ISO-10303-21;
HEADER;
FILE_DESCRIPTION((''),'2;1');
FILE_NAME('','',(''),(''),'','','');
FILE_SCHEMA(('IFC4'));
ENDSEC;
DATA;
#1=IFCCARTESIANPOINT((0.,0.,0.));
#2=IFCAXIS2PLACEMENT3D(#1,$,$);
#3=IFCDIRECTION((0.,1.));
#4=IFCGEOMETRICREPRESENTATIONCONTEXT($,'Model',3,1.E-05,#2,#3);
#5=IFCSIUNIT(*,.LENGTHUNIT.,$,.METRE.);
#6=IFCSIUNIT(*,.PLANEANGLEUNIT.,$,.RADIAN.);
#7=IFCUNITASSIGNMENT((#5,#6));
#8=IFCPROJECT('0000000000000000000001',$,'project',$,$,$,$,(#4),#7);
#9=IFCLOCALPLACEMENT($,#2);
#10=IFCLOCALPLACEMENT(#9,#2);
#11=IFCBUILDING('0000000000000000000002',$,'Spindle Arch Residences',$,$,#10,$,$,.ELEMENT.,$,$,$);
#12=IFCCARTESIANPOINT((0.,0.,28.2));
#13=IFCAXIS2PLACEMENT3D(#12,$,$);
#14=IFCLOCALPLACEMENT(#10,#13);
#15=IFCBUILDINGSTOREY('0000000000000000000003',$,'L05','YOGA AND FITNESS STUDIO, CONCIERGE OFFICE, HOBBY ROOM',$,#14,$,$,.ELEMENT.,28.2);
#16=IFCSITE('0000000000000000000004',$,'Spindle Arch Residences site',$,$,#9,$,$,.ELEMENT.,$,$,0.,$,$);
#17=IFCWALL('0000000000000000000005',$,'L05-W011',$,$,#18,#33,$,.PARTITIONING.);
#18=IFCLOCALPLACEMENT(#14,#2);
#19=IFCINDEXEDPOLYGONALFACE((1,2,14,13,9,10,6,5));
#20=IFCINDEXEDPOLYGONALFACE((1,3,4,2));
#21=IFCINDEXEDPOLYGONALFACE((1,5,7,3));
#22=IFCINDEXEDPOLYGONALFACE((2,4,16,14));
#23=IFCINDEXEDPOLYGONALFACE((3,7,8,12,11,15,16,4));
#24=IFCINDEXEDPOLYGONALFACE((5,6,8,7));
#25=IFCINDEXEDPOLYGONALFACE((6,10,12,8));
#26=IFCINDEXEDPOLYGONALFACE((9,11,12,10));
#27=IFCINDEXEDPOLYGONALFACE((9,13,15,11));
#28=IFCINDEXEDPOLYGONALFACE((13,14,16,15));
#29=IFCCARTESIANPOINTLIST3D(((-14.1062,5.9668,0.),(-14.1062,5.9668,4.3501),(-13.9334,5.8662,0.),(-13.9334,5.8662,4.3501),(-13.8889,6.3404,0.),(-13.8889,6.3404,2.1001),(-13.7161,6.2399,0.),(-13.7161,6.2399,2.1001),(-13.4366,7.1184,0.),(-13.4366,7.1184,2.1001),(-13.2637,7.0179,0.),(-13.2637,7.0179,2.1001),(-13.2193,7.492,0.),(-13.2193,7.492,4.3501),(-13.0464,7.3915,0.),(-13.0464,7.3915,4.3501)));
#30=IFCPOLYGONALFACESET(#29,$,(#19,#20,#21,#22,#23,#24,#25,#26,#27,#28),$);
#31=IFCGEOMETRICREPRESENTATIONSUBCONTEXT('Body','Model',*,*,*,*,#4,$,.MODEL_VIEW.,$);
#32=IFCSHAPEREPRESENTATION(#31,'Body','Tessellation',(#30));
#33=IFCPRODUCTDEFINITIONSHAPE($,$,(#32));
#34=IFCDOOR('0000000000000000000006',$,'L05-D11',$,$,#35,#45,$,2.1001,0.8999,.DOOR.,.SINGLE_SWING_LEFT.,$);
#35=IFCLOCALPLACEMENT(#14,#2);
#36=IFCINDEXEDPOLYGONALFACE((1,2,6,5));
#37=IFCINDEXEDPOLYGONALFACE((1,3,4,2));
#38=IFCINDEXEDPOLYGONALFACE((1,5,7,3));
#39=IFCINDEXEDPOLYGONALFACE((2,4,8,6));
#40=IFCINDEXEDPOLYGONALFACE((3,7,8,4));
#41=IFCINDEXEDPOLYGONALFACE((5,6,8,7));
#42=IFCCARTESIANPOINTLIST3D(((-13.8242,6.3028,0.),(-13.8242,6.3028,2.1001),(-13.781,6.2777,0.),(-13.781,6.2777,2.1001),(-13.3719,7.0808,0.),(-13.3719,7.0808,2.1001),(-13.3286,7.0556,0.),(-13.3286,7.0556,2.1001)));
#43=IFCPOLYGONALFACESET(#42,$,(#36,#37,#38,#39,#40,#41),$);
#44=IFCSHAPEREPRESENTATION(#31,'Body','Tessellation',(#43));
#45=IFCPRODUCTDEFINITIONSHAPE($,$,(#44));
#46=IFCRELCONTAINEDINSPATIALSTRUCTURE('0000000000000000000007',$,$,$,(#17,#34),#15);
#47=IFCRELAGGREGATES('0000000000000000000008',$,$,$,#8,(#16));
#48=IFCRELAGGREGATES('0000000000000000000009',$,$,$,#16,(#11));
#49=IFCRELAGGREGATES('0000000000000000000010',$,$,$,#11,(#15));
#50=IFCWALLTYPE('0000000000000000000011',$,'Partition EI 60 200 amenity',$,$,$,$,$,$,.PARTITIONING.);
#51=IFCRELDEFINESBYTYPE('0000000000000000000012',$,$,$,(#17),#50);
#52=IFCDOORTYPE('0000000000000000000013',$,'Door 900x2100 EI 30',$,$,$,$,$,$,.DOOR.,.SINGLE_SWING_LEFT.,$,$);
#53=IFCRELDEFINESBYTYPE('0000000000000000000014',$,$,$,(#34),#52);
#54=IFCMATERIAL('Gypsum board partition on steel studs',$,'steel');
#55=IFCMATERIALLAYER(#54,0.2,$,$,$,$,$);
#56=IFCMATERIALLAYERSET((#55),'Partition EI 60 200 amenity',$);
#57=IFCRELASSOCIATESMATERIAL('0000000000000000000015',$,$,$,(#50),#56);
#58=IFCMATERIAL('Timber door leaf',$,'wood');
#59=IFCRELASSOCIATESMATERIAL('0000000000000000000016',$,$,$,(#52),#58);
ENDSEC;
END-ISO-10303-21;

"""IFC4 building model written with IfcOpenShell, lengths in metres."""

from ifc_helpers import new_model, si_unit, direction, frame, frame_2d, origin, place, context, subcontext, project, spatial, rectangle, extrude, material, layer, layer_set, type_object, element, fill, save


model = new_model("IFC4")

# Units and contexts
model_context = context("Model", 3, precision=1e-05, world=origin(), true_north=direction((0.0, 1.0)))
body_context = subcontext(model_context, "Body", "Model", "MODEL_VIEW")
ifc_project = project(units=[si_unit("LENGTHUNIT", "METRE"), si_unit("PLANEANGLEUNIT", "RADIAN")], contexts=[model_context])

# Site, building, storey
site_placement = place(None, origin())
site = spatial("IfcSite", under=ifc_project, at=site_placement, Name="Spindle Arch Residences site", CompositionType="ELEMENT", RefElevation=0.0)
building_placement = place(site_placement, origin())
building = spatial("IfcBuilding", under=site, at=building_placement, Name="Spindle Arch Residences", CompositionType="ELEMENT")
storey_placement = place(building_placement, frame((0.0, 0.0, 28.2)))
storey = spatial("IfcBuildingStorey", under=building, at=storey_placement, Name="L05", Description="YOGA AND FITNESS STUDIO, CONCIERGE OFFICE, HOBBY ROOM", CompositionType="ELEMENT", Elevation=28.2)

# Shared definitions
ifc_material_1 = material(Name="Gypsum board partition on steel studs", Category="steel")
ifc_layer_1 = layer(ifc_material_1, 0.2)
ifc_layer_set_1 = layer_set([ifc_layer_1], Name="Partition EI 60 200 amenity")
wall_type_1 = type_object("IfcWallType", Name="Partition EI 60 200 amenity", PredefinedType="PARTITIONING", material=ifc_layer_set_1)

# Shared definitions
ifc_material_2 = material(Name="Timber door leaf", Category="wood")
door_type_1 = type_object("IfcDoorType", Name="Door 900x2100 EI 30", OperationType="SINGLE_SWING_LEFT", PredefinedType="DOOR", material=ifc_material_2)

# Wall, opening, door
wall_1_placement = place(storey_placement, frame((-13.1328, 7.4419, 0.0), z_axis=(0.0, 0.0, 1.0), x_axis=(-0.502666, -0.864481, 0.0)))
wall_1 = element("IfcWall", 1, at=wall_1_placement, inside=storey, type_object=wall_type_1, Name="L05-W011", PredefinedType="PARTITIONING", context=body_context, shape_type="SweptSolid", body=[
    extrude(rectangle(XDim=1.7644, YDim=0.2, at=frame_2d((0.8823, 0.0))), origin(), (0.0, 0.0, 1.0), 4.3501),
])
opening_1_placement = place(wall_1_placement, frame((0.4324, 0.0, 0.0)))
opening_1 = element("IfcOpeningElement", 2, at=opening_1_placement, cuts=wall_1, PredefinedType="OPENING", context=body_context, shape_type="SweptSolid", body=[
    extrude(rectangle(XDim=0.8999, YDim=2.1001, at=frame_2d((0.45, 1.05))), frame((0.0, 0.1099, 0.0), z_axis=(0.0, -1.0, 0.0), x_axis=(1.0, 0.0, 0.0)), (0.0, 0.0, 1.0), 0.22),
])
door_1_placement = place(opening_1_placement, origin())
door_1 = element("IfcDoor", 3, at=door_1_placement, inside=storey, type_object=door_type_1, Name="L05-D11", OperationType="SINGLE_SWING_LEFT", OverallHeight=2.1001, OverallWidth=0.8999, PredefinedType="DOOR", context=body_context, shape_type="SweptSolid", body=[
    extrude(rectangle(XDim=0.8999, YDim=2.1001, at=frame_2d((0.45, 1.05))), frame((0.0, 0.0249, 0.0), z_axis=(0.0, -1.0, 0.0), x_axis=(1.0, 0.0, 0.0)), (0.0, 0.0, 1.0), 0.05),
])
fill(opening_1, door_1)

save(model, "model.ifc")
